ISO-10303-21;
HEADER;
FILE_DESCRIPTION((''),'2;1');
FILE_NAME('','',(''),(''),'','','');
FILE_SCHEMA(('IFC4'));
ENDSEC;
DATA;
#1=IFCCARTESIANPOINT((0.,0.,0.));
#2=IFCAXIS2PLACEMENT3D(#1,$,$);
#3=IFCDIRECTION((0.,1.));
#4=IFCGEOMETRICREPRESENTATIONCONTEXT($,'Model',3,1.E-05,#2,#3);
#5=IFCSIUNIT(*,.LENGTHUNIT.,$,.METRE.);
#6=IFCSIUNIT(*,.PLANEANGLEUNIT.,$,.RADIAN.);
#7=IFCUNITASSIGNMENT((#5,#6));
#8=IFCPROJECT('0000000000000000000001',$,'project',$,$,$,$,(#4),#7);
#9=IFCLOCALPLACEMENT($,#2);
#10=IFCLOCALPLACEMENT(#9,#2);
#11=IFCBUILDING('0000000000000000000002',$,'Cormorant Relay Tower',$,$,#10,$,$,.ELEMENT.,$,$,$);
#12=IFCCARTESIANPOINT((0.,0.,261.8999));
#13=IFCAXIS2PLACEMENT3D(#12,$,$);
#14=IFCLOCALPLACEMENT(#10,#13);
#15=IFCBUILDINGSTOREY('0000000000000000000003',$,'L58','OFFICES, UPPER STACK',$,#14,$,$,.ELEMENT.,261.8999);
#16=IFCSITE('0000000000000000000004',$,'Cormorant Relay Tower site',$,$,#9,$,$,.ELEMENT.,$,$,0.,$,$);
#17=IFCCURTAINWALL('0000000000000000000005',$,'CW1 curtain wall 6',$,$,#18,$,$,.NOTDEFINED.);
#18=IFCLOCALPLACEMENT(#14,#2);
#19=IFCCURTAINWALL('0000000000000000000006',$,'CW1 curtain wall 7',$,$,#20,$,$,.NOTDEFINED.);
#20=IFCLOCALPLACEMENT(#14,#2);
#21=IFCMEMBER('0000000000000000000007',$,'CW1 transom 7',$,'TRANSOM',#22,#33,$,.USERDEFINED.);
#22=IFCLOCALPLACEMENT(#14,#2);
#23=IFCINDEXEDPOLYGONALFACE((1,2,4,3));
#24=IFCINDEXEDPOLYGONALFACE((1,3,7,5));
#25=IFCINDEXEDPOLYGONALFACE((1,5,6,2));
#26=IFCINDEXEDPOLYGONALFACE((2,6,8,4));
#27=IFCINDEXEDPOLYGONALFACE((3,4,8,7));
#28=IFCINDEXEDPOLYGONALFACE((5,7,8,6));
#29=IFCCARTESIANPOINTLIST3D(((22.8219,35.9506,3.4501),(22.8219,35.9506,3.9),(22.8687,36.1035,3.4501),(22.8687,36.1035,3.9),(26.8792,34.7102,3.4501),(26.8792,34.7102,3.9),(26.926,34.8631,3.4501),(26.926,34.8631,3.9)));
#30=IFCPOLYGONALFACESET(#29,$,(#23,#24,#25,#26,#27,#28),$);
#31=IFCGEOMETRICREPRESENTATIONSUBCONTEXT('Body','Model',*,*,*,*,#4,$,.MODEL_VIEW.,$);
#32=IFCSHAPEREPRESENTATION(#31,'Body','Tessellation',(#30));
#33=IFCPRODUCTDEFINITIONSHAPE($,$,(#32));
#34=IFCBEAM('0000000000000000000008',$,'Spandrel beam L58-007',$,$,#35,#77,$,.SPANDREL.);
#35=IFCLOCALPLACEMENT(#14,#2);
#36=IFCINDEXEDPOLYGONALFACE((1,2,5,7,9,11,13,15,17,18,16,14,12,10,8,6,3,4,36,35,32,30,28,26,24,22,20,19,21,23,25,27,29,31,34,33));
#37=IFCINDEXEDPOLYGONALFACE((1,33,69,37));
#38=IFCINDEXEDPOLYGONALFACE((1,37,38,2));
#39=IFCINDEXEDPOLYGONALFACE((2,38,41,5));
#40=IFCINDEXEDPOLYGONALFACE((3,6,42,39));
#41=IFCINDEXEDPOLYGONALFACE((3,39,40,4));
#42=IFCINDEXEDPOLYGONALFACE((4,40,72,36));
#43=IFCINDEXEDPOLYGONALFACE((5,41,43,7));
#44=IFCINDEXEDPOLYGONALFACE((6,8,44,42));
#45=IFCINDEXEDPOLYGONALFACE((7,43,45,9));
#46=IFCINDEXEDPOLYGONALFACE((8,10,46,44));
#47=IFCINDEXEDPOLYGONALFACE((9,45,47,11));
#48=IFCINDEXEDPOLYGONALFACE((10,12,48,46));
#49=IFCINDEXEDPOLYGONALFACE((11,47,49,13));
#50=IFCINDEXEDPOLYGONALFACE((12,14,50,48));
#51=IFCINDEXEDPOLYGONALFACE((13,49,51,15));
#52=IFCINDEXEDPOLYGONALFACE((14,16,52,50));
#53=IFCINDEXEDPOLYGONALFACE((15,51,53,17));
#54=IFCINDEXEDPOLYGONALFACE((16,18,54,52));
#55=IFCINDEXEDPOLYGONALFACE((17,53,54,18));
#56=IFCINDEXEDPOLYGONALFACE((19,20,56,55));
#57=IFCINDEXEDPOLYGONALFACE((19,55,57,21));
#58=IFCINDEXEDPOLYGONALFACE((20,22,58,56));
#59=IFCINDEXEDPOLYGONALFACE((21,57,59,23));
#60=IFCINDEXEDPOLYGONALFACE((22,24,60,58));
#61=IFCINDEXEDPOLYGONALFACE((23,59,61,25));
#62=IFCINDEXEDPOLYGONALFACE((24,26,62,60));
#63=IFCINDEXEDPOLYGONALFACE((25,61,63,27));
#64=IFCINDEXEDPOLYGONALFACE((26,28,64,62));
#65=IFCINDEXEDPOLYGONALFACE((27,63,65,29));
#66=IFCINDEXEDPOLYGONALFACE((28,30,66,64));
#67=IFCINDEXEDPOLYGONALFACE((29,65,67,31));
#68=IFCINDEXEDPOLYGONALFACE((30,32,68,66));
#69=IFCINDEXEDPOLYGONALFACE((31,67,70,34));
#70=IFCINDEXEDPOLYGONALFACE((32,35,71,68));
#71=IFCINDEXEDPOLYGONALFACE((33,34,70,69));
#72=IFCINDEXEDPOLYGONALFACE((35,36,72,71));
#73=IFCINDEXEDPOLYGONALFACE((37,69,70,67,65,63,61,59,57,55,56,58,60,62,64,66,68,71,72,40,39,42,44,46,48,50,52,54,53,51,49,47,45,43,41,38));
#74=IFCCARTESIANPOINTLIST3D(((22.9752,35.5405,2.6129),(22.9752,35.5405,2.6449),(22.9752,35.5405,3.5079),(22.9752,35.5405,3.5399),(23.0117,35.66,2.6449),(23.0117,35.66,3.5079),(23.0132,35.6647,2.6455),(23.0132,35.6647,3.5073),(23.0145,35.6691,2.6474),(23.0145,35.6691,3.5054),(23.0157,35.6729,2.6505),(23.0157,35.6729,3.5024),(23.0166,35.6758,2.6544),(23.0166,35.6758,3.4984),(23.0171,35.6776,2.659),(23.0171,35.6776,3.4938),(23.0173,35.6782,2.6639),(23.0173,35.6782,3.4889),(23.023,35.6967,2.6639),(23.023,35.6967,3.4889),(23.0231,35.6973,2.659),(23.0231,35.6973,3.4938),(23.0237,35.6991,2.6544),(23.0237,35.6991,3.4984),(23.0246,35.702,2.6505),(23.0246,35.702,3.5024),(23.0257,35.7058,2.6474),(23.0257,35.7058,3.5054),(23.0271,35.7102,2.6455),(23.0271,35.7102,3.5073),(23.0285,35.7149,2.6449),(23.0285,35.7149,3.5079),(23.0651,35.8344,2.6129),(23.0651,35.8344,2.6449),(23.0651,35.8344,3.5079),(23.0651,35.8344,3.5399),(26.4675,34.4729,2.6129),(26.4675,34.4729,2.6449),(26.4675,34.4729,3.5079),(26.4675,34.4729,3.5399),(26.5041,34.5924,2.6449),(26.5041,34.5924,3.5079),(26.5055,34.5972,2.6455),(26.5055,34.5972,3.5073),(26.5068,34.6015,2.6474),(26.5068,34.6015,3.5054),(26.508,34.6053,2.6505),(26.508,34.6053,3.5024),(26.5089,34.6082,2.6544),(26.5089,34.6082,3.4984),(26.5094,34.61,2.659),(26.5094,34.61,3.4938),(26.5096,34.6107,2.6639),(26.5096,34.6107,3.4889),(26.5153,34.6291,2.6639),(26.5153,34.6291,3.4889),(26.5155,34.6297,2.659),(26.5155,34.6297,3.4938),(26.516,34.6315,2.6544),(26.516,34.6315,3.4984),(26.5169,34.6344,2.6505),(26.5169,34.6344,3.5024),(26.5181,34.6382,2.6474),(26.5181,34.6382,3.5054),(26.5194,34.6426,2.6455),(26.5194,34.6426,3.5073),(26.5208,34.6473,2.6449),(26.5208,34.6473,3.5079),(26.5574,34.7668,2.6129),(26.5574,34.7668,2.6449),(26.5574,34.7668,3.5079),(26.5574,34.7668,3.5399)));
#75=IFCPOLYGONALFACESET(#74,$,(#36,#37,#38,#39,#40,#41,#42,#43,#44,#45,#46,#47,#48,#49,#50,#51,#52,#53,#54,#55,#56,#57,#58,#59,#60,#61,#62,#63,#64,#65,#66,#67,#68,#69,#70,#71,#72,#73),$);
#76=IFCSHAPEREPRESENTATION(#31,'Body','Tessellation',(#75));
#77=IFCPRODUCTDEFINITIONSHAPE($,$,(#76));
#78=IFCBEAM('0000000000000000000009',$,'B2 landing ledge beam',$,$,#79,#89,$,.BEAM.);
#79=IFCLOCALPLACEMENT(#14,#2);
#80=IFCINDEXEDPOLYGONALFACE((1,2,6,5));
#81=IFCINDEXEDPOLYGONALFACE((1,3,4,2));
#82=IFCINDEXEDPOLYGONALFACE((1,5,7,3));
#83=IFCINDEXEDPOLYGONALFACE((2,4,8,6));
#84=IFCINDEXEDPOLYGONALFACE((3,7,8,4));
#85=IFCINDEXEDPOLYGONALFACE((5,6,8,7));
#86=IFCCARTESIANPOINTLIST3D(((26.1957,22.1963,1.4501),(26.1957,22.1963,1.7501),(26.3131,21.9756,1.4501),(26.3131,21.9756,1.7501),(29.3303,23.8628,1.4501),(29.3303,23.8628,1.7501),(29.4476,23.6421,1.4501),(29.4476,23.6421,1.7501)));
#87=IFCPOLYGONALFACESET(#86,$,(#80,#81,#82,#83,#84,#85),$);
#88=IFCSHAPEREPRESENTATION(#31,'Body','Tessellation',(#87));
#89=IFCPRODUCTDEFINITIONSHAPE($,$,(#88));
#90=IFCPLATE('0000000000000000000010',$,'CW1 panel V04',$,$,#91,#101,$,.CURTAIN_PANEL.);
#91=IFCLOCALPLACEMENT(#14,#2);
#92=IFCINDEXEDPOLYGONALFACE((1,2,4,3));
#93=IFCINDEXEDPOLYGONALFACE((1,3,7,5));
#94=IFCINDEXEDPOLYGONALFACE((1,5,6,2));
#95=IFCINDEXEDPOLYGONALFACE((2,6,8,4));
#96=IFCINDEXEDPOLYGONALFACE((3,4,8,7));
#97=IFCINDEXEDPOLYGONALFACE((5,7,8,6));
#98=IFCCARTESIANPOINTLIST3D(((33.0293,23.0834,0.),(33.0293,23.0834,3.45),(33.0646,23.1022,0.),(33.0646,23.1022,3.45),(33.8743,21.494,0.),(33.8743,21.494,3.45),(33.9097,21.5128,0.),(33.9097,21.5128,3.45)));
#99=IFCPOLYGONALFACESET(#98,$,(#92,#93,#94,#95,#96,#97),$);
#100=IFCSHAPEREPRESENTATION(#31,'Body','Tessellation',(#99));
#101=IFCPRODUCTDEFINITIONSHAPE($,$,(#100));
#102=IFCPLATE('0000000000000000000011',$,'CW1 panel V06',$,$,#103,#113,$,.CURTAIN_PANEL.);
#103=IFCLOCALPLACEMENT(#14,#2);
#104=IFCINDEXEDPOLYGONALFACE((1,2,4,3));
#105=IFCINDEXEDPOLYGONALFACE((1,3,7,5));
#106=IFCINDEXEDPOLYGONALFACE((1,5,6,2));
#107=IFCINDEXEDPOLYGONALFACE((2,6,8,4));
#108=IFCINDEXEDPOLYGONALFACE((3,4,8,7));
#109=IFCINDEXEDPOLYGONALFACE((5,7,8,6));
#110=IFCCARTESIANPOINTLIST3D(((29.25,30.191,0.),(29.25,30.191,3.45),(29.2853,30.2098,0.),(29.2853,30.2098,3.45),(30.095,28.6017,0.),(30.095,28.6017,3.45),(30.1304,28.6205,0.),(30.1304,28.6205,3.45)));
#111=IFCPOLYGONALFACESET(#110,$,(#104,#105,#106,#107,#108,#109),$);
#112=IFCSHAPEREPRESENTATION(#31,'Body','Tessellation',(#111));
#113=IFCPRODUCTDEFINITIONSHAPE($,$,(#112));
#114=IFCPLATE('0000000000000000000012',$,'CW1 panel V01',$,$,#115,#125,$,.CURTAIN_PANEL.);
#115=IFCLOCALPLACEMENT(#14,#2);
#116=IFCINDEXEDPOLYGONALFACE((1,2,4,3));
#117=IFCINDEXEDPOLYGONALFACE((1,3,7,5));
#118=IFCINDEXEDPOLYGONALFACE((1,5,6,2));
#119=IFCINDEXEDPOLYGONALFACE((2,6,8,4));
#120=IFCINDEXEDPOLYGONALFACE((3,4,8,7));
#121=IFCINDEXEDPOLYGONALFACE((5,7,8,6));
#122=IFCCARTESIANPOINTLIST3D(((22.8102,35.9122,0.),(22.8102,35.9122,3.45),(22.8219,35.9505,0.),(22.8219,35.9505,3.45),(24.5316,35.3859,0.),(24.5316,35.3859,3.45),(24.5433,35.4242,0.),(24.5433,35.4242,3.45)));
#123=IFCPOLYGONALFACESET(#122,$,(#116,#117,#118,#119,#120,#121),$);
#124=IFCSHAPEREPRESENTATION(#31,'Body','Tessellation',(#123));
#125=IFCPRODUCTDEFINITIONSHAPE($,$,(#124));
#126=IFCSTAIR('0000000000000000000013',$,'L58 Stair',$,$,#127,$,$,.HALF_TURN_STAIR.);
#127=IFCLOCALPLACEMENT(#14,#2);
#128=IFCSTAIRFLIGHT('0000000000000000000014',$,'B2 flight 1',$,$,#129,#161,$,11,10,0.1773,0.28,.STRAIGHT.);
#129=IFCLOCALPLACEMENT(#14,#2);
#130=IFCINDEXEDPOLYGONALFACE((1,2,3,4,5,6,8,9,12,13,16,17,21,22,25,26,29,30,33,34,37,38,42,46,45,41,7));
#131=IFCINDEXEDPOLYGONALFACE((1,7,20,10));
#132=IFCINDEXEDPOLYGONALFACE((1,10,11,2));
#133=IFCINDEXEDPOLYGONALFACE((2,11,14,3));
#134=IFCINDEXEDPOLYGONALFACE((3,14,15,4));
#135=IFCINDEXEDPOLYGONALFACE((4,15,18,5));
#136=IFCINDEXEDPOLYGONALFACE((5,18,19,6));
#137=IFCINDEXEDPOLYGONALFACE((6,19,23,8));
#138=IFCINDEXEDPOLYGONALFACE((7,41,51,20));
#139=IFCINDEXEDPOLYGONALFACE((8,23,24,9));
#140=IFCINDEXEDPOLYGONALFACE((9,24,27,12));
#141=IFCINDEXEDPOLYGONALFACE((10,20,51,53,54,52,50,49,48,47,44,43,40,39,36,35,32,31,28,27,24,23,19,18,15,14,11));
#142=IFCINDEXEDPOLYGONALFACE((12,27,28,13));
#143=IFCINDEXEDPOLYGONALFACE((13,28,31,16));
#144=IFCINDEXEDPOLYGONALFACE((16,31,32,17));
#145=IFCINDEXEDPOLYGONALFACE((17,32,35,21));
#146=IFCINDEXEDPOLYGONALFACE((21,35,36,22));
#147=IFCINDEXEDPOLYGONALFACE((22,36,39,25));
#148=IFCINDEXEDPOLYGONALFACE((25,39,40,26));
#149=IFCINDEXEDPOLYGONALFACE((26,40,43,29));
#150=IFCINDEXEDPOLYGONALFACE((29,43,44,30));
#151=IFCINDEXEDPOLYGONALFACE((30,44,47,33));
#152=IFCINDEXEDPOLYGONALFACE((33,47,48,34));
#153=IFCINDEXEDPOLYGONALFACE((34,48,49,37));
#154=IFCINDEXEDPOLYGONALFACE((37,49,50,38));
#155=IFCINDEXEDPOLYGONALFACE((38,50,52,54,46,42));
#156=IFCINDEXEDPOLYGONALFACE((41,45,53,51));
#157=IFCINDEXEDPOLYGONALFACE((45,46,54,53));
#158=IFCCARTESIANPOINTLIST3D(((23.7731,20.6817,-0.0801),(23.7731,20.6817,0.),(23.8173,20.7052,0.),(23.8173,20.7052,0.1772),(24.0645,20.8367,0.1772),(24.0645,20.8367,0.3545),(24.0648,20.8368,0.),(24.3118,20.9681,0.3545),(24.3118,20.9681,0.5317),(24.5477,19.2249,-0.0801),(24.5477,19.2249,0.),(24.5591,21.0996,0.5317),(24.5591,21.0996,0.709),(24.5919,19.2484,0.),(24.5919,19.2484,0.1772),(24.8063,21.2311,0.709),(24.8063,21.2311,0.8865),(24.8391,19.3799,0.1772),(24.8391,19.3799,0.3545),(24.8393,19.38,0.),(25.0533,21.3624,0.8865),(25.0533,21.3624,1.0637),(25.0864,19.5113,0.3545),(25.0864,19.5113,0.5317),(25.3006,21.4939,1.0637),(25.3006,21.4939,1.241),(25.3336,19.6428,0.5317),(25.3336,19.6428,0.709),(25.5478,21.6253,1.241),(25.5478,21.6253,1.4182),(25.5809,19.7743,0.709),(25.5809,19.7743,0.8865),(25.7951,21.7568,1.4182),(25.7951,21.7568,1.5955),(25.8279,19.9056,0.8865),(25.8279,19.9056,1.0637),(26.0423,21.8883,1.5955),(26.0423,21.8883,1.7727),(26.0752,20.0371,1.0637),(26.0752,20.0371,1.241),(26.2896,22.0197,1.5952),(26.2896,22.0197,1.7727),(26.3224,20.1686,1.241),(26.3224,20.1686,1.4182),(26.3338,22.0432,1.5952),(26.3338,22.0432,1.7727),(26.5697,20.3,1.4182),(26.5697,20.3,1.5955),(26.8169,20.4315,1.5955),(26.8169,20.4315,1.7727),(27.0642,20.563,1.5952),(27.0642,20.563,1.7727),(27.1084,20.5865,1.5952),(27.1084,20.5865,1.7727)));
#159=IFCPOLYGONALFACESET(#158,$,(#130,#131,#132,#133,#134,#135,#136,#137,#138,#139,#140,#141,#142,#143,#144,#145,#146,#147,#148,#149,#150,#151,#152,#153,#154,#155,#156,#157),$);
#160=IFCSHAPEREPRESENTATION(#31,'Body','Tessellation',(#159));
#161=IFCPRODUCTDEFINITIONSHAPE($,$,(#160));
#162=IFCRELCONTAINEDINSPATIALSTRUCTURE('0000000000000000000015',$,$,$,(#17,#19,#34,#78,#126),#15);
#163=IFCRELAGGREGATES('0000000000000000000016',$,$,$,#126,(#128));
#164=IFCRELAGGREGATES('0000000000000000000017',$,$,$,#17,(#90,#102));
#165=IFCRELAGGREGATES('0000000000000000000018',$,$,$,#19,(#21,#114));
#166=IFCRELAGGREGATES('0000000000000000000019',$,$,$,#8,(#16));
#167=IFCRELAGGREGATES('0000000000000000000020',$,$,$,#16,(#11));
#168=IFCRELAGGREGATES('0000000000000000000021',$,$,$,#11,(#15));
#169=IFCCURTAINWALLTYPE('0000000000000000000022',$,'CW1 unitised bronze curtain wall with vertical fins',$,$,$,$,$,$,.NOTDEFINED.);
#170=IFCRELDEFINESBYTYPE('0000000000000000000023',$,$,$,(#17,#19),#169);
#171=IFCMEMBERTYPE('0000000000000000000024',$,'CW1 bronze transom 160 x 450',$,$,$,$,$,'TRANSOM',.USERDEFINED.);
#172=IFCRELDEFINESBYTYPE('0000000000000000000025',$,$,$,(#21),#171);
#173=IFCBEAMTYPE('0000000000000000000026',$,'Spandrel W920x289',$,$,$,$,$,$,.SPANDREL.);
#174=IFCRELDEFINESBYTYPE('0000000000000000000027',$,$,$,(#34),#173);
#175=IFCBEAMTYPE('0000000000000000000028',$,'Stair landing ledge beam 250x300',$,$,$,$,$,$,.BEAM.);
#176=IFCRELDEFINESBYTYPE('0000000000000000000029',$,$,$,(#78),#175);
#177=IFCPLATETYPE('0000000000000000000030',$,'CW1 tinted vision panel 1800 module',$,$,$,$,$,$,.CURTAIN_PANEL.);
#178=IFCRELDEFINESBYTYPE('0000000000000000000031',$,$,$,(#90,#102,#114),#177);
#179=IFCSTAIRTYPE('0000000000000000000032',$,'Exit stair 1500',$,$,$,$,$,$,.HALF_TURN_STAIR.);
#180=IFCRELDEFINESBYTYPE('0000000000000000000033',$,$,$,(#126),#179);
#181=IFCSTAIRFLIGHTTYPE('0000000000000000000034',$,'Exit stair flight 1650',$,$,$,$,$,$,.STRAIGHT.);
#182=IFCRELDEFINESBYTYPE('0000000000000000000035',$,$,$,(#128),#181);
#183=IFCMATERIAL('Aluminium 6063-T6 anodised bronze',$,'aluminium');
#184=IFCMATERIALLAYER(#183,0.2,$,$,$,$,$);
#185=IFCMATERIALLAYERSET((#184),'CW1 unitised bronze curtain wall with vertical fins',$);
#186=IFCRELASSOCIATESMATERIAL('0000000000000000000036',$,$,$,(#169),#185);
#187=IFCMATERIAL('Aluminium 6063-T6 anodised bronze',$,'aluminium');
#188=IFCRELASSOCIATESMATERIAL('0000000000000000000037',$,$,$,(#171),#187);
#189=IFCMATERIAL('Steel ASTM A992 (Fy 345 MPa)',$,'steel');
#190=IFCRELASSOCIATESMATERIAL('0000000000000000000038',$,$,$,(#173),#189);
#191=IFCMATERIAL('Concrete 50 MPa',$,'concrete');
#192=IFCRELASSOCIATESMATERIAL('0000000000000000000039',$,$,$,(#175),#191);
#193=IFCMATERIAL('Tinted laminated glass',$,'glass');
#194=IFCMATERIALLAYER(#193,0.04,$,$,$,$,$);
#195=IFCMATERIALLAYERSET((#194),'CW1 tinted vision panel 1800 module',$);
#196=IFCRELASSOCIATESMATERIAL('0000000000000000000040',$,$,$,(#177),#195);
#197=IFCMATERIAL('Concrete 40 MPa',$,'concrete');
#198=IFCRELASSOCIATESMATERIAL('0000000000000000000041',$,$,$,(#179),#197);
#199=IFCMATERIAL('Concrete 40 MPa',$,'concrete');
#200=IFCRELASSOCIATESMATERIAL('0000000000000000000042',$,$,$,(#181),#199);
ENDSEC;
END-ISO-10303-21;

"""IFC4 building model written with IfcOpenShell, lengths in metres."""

from ifc_helpers import new_model, si_unit, direction, frame, origin, origin_2d, place, context, subcontext, project, spatial, polyline, rectangle, i_section, outline, extrude, material, layer, layer_set, material_profile, profile_set, type_object, element, aggregate, save


model = new_model("IFC4")

# Units and contexts
model_context = context("Model", 3, precision=1e-05, world=origin(), true_north=direction((0.0, 1.0)))
body_context = subcontext(model_context, "Body", "Model", "MODEL_VIEW")
ifc_project = project(units=[si_unit("LENGTHUNIT", "METRE"), si_unit("PLANEANGLEUNIT", "RADIAN")], contexts=[model_context])

# Site, building, storey
site_placement = place(None, origin())
site = spatial("IfcSite", under=ifc_project, at=site_placement, Name="Cormorant Relay Tower site", CompositionType="ELEMENT", RefElevation=0.0)
building_placement = place(site_placement, origin())
building = spatial("IfcBuilding", under=site, at=building_placement, Name="Cormorant Relay Tower", CompositionType="ELEMENT")
storey_placement = place(building_placement, frame((0.0, 0.0, 261.8999)))
storey = spatial("IfcBuildingStorey", under=building, at=storey_placement, Name="L58", Description="OFFICES, UPPER STACK", CompositionType="ELEMENT", Elevation=261.8999)

# Curtain walls, member
ifc_material_1 = material(Name="Aluminium 6063-T6 anodised bronze", Category="aluminium")
ifc_layer_1 = layer(ifc_material_1, 0.2)
ifc_layer_set_1 = layer_set([ifc_layer_1], Name="CW1 unitised bronze curtain wall with vertical fins")
curtain_wall_type = type_object("IfcCurtainWallType", Name="CW1 unitised bronze curtain wall with vertical fins", PredefinedType="NOTDEFINED", material=ifc_layer_set_1)
curtain_wall_1_placement = place(storey_placement, origin())
curtain_wall_1 = element("IfcCurtainWall", 1, at=curtain_wall_1_placement, inside=storey, type_object=curtain_wall_type, Name="CW1 curtain wall 6", PredefinedType="NOTDEFINED")
curtain_wall_2_placement = place(storey_placement, origin())
curtain_wall_2 = element("IfcCurtainWall", 2, at=curtain_wall_2_placement, inside=storey, type_object=curtain_wall_type, Name="CW1 curtain wall 7", PredefinedType="NOTDEFINED")
ifc_material_2 = material(Name="Aluminium 6063-T6 anodised bronze", Category="aluminium")
ifc_material_profile_1 = material_profile(ifc_material_2, rectangle(XDim=0.1599, YDim=0.45, at=origin_2d()), Name="AL 160x450")
ifc_profile_set_1 = profile_set([ifc_material_profile_1], Name="Aluminium 6063-T6 anodised bronze")
member_type_1 = type_object("IfcMemberType", Name="CW1 bronze transom 160 x 450", ElementType="TRANSOM", PredefinedType="USERDEFINED", material=ifc_profile_set_1)
member_1_placement = place(storey_placement, frame((26.9026, 34.7866, 3.675), z_axis=(-0.956304, 0.292375, 0.0), x_axis=(-0.292375, -0.956304, 0.0)))
member_1 = element("IfcMember", 3, at=member_1_placement, type_object=member_type_1, Name="CW1 transom 7", ObjectType="TRANSOM", PredefinedType="USERDEFINED", context=body_context, shape_type="SweptSolid", body=[
    extrude(rectangle(XDim=0.1599, YDim=0.45, at=origin_2d()), origin(), (0.0, 0.0, 1.0), 4.2427),
])

# Beams
ifc_material_3 = material(Name="Steel ASTM A992 (Fy 345 MPa)", Category="steel")
ifc_material_profile_2 = material_profile(ifc_material_3, i_section(OverallWidth=0.3074, OverallDepth=0.927, WebThickness=0.0193, FlangeThickness=0.032, FilletRadius=0.019, at=origin_2d()), Name="W920x289")
ifc_profile_set_2 = profile_set([ifc_material_profile_2], Name="Steel ASTM A992 (Fy 345 MPa)")
beam_type_1 = type_object("IfcBeamType", Name="Spandrel W920x289", PredefinedType="SPANDREL", material=ifc_profile_set_2)
beam_1_placement = place(storey_placement, frame((26.5125, 34.6199, 3.0764), z_axis=(-0.956314, 0.292343, 0.0), x_axis=(-0.292343, -0.956314, 0.0)))
element("IfcBeam", 4, at=beam_1_placement, inside=storey, type_object=beam_type_1, Name="Spandrel beam L58-007", PredefinedType="SPANDREL", context=body_context, shape_type="SweptSolid", body=[
    extrude(i_section(OverallWidth=0.3074, OverallDepth=0.927, WebThickness=0.0193, FlangeThickness=0.032, FilletRadius=0.019, at=origin_2d()), origin(), (0.0, 0.0, 1.0), 3.6519),
])
ifc_material_4 = material(Name="Concrete 50 MPa", Category="concrete")
ifc_material_profile_3 = material_profile(ifc_material_4, rectangle(XDim=0.25, YDim=0.3, at=origin_2d()), Name="RC 250x300")
ifc_profile_set_3 = profile_set([ifc_material_profile_3], Name="Concrete 50 MPa")
beam_type_2 = type_object("IfcBeamType", Name="Stair landing ledge beam 250x300", PredefinedType="BEAM", material=ifc_profile_set_3)
beam_2_placement = place(storey_placement, frame((26.2544, 22.0859, 1.6001), z_axis=(0.882965, 0.469438, 0.0), x_axis=(-0.469438, 0.882965, 0.0)))
element("IfcBeam", 5, at=beam_2_placement, inside=storey, type_object=beam_type_2, Name="B2 landing ledge beam", PredefinedType="BEAM", context=body_context, shape_type="SweptSolid", body=[
    extrude(rectangle(XDim=0.25, YDim=0.3, at=origin_2d()), origin(), (0.0, 0.0, 1.0), 3.55),
])

# Plates
ifc_material_5 = material(Name="Tinted laminated glass", Category="glass")
ifc_layer_2 = layer(ifc_material_5, 0.04)
ifc_layer_set_2 = layer_set([ifc_layer_2], Name="CW1 tinted vision panel 1800 module")
plate_type = type_object("IfcPlateType", Name="CW1 tinted vision panel 1800 module", PredefinedType="CURTAIN_PANEL", material=ifc_layer_set_2)
plate_1_placement = place(storey_placement, frame((33.4695, 22.2981, 0.0), z_axis=(0.0, 0.0, 1.0), x_axis=(-0.469472, 0.882948, 0.0)))
plate_1 = element("IfcPlate", 6, at=plate_1_placement, type_object=plate_type, Name="CW1 panel V04", PredefinedType="CURTAIN_PANEL", context=body_context, shape_type="SweptSolid", body=[
    extrude(rectangle(XDim=1.8, YDim=0.04, at=origin_2d()), origin(), (0.0, 0.0, 1.0), 3.45),
])
plate_2_placement = place(storey_placement, frame((29.6902, 29.4058, 0.0), z_axis=(0.0, 0.0, 1.0), x_axis=(-0.469472, 0.882948, 0.0)))
plate_2 = element("IfcPlate", 7, at=plate_2_placement, type_object=plate_type, Name="CW1 panel V06", PredefinedType="CURTAIN_PANEL", context=body_context, shape_type="SweptSolid", body=[
    extrude(rectangle(XDim=1.8, YDim=0.04, at=origin_2d()), origin(), (0.0, 0.0, 1.0), 3.45),
])
plate_3_placement = place(storey_placement, frame((23.6768, 35.6682, 0.0), z_axis=(0.0, 0.0, 1.0), x_axis=(-0.956305, 0.292372, 0.0)))
plate_3 = element("IfcPlate", 8, at=plate_3_placement, type_object=plate_type, Name="CW1 panel V01", PredefinedType="CURTAIN_PANEL", context=body_context, shape_type="SweptSolid", body=[
    extrude(rectangle(XDim=1.8, YDim=0.04, at=origin_2d()), origin(), (0.0, 0.0, 1.0), 3.45),
])

# Stair, stair flight
ifc_material_6 = material(Name="Concrete 40 MPa", Category="concrete")
stair_type = type_object("IfcStairType", Name="Exit stair 1500", PredefinedType="HALF_TURN_STAIR", material=ifc_material_6)
stair_placement = place(storey_placement, origin())
stair = element("IfcStair", 9, at=stair_placement, inside=storey, type_object=stair_type, Name="L58 Stair", PredefinedType="HALF_TURN_STAIR")
ifc_material_7 = material(Name="Concrete 40 MPa", Category="concrete")
stair_flight_type = type_object("IfcStairFlightType", Name="Exit stair flight 1650", PredefinedType="STRAIGHT", material=ifc_material_7)
stair_flight_1_placement = place(storey_placement, frame((24.2046, 19.9768, 0.0), z_axis=(0.0, 0.0, 1.0), x_axis=(0.882948, 0.469472, 0.0)))
stair_flight_1 = element("IfcStairFlight", 10, at=stair_flight_1_placement, type_object=stair_flight_type, Name="B2 flight 1", NumberOfRisers=11, NumberOfTreads=10, PredefinedType="STRAIGHT", RiserHeight=0.1773, TreadLength=0.28, context=body_context, shape_type="SweptSolid", body=[
    extrude(outline(polyline([(-0.05, -0.0801), (-0.05, 0.0), (0.0, 0.0), (0.0, 0.1772), (0.28, 0.1772), (0.28, 0.3545), (0.5601, 0.3545), (0.5601, 0.5317), (0.8401, 0.5317), (0.8401, 0.709), (1.1201, 0.709), (1.1201, 0.8865), (1.3999, 0.8865), (1.3999, 1.0637), (1.6799, 1.0637), (1.6799, 1.241), (1.96, 1.241), (1.96, 1.4182), (2.24, 1.4182), (2.24, 1.5955), (2.52, 1.5955), (2.52, 1.7727), (2.8, 1.7727), (2.8501, 1.7727), (2.8501, 1.5952), (2.8, 1.5952), (0.2803, 0.0), (-0.05, -0.0801)])), frame((0.0, 0.825, 0.0), z_axis=(0.0, -1.0, 0.0), x_axis=(1.0, 0.0, 0.0)), (0.0, 0.0, 1.0), 1.6499),
])
aggregate(stair, [stair_flight_1])

aggregate(curtain_wall_1, [plate_1, plate_2])
aggregate(curtain_wall_2, [member_1, plate_3])

save(model, "model.ifc")
